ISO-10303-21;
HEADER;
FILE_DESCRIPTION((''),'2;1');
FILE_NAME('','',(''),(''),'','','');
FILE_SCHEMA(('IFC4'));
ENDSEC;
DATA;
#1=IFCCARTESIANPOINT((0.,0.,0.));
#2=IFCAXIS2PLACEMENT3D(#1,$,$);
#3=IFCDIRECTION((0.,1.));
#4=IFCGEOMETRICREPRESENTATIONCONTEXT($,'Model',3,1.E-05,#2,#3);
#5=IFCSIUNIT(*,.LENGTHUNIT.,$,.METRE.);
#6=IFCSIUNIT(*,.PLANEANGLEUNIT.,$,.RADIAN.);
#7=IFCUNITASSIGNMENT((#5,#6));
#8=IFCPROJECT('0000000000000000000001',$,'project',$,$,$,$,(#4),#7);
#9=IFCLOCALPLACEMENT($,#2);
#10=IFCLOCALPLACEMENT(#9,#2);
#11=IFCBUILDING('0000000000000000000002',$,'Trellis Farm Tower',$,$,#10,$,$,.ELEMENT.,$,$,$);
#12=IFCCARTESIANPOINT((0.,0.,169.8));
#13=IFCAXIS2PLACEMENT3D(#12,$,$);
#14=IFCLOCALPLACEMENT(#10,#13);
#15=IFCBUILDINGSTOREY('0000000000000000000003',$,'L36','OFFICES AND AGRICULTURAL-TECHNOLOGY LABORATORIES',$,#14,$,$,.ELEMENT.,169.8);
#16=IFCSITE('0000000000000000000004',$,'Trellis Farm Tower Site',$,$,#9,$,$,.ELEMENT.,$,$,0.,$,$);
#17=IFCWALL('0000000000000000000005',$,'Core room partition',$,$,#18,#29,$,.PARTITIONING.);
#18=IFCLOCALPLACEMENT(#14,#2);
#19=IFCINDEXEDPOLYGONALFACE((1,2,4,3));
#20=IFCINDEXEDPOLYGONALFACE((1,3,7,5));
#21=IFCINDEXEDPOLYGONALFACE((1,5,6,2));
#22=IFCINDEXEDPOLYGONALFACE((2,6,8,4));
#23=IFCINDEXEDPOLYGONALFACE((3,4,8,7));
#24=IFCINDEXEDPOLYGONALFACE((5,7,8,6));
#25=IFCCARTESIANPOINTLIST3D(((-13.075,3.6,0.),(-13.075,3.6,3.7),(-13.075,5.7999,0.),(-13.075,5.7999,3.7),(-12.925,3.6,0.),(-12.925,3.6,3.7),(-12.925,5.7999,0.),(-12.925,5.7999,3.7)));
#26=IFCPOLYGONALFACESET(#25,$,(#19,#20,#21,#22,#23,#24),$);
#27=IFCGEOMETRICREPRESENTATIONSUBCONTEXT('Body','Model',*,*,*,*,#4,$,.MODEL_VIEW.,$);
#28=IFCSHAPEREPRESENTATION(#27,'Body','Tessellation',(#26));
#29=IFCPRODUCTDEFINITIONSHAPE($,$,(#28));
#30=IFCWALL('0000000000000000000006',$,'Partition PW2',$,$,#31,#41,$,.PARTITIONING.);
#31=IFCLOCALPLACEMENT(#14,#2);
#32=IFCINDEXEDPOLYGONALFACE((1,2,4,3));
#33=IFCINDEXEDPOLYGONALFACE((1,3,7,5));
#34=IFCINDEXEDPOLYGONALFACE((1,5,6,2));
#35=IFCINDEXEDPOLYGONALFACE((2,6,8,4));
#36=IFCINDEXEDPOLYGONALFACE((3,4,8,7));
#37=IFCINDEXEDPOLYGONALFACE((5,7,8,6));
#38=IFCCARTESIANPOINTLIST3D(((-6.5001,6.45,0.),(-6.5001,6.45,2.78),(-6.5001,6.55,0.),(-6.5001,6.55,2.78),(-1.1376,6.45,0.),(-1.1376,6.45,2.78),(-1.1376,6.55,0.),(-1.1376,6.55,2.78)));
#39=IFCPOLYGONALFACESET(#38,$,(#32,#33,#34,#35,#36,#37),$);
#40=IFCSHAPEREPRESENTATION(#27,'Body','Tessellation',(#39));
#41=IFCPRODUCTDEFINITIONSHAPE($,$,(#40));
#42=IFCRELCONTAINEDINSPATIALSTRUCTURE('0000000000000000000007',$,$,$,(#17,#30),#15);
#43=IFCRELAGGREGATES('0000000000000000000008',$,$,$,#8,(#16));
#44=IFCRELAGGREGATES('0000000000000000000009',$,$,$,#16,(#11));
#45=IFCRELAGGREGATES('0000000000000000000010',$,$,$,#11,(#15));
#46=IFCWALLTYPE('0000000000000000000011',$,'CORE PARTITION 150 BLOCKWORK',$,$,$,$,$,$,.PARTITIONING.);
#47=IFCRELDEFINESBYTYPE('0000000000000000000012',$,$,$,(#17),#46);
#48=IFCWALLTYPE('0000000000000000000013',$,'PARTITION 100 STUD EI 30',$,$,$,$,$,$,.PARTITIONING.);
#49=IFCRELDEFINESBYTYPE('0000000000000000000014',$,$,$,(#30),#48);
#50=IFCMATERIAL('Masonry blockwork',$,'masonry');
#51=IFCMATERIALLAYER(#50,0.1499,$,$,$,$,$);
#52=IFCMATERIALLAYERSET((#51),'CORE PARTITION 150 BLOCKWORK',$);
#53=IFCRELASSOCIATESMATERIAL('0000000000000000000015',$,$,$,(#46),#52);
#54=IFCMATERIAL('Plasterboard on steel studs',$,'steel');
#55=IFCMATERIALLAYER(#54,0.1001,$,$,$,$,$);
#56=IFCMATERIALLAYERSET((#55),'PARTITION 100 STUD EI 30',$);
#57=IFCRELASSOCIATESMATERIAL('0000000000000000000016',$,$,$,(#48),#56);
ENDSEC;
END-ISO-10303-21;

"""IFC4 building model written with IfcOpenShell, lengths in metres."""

from ifc_helpers import new_model, si_unit, direction, frame, frame_2d, origin, place, context, subcontext, project, spatial, rectangle, extrude, source, transform, mapped, material, layer, layer_set, type_object, element, save


model = new_model("IFC4")

# Units and contexts
model_context = context("Model", 3, precision=1e-05, world=origin(), true_north=direction((0.0, 1.0)))
body_context = subcontext(model_context, "Body", "Model", "MODEL_VIEW")
ifc_project = project(units=[si_unit("LENGTHUNIT", "METRE"), si_unit("PLANEANGLEUNIT", "RADIAN")], contexts=[model_context])

# Site, building, storey
site_placement = place(None, origin())
site = spatial("IfcSite", under=ifc_project, at=site_placement, Name="Trellis Farm Tower Site", CompositionType="ELEMENT", RefElevation=0.0)
building_placement = place(site_placement, origin())
building = spatial("IfcBuilding", under=site, at=building_placement, Name="Trellis Farm Tower", CompositionType="ELEMENT")
storey_placement = place(building_placement, frame((0.0, 0.0, 169.8)))
storey = spatial("IfcBuildingStorey", under=building, at=storey_placement, Name="L36", Description="OFFICES AND AGRICULTURAL-TECHNOLOGY LABORATORIES", CompositionType="ELEMENT", Elevation=169.8)

# Walls
ifc_material_1 = material(Name="Masonry blockwork", Category="masonry")
ifc_layer_1 = layer(ifc_material_1, 0.1499)
ifc_layer_set_1 = layer_set([ifc_layer_1], Name="CORE PARTITION 150 BLOCKWORK")
wall_type_1 = type_object("IfcWallType", Name="CORE PARTITION 150 BLOCKWORK", PredefinedType="PARTITIONING", material=ifc_layer_set_1)
shared_shape_1 = source(origin(), body_context, "Body", "SweptSolid", [
    extrude(rectangle(XDim=2.2, YDim=0.1499, at=frame_2d((1.1001, 0.0))), origin(), (0.0, 0.0, 1.0), 3.7),
])
wall_1_placement = place(storey_placement, frame((-13.0, 5.8, 0.0), z_axis=(0.0, 0.0, 1.0), x_axis=(0.0, -1.0, 0.0)))
element("IfcWall", 1, at=wall_1_placement, inside=storey, type_object=wall_type_1, Name="Core room partition", PredefinedType="PARTITIONING", context=body_context, shape_type="MappedRepresentation", body=[
    mapped(shared_shape_1, transform((0.0, 0.0, 0.0))),
])
ifc_material_2 = material(Name="Plasterboard on steel studs", Category="steel")
ifc_layer_2 = layer(ifc_material_2, 0.1001)
ifc_layer_set_2 = layer_set([ifc_layer_2], Name="PARTITION 100 STUD EI 30")
wall_type_2 = type_object("IfcWallType", Name="PARTITION 100 STUD EI 30", PredefinedType="PARTITIONING", material=ifc_layer_set_2)
shared_shape_2 = source(origin(), body_context, "Body", "SweptSolid", [
    extrude(rectangle(XDim=5.3625, YDim=0.1001, at=frame_2d((2.6812, 0.0))), origin(), (0.0, 0.0, 1.0), 2.78),
])
wall_2_placement = place(storey_placement, frame((-6.5, 6.5, 0.0), z_axis=(0.0, 0.0, 1.0), x_axis=(1.0, 0.0, 0.0)))
element("IfcWall", 2, at=wall_2_placement, inside=storey, type_object=wall_type_2, Name="Partition PW2", PredefinedType="PARTITIONING", context=body_context, shape_type="MappedRepresentation", body=[
    mapped(shared_shape_2, transform((0.0, 0.0, 0.0))),
])

save(model, "model.ifc")
